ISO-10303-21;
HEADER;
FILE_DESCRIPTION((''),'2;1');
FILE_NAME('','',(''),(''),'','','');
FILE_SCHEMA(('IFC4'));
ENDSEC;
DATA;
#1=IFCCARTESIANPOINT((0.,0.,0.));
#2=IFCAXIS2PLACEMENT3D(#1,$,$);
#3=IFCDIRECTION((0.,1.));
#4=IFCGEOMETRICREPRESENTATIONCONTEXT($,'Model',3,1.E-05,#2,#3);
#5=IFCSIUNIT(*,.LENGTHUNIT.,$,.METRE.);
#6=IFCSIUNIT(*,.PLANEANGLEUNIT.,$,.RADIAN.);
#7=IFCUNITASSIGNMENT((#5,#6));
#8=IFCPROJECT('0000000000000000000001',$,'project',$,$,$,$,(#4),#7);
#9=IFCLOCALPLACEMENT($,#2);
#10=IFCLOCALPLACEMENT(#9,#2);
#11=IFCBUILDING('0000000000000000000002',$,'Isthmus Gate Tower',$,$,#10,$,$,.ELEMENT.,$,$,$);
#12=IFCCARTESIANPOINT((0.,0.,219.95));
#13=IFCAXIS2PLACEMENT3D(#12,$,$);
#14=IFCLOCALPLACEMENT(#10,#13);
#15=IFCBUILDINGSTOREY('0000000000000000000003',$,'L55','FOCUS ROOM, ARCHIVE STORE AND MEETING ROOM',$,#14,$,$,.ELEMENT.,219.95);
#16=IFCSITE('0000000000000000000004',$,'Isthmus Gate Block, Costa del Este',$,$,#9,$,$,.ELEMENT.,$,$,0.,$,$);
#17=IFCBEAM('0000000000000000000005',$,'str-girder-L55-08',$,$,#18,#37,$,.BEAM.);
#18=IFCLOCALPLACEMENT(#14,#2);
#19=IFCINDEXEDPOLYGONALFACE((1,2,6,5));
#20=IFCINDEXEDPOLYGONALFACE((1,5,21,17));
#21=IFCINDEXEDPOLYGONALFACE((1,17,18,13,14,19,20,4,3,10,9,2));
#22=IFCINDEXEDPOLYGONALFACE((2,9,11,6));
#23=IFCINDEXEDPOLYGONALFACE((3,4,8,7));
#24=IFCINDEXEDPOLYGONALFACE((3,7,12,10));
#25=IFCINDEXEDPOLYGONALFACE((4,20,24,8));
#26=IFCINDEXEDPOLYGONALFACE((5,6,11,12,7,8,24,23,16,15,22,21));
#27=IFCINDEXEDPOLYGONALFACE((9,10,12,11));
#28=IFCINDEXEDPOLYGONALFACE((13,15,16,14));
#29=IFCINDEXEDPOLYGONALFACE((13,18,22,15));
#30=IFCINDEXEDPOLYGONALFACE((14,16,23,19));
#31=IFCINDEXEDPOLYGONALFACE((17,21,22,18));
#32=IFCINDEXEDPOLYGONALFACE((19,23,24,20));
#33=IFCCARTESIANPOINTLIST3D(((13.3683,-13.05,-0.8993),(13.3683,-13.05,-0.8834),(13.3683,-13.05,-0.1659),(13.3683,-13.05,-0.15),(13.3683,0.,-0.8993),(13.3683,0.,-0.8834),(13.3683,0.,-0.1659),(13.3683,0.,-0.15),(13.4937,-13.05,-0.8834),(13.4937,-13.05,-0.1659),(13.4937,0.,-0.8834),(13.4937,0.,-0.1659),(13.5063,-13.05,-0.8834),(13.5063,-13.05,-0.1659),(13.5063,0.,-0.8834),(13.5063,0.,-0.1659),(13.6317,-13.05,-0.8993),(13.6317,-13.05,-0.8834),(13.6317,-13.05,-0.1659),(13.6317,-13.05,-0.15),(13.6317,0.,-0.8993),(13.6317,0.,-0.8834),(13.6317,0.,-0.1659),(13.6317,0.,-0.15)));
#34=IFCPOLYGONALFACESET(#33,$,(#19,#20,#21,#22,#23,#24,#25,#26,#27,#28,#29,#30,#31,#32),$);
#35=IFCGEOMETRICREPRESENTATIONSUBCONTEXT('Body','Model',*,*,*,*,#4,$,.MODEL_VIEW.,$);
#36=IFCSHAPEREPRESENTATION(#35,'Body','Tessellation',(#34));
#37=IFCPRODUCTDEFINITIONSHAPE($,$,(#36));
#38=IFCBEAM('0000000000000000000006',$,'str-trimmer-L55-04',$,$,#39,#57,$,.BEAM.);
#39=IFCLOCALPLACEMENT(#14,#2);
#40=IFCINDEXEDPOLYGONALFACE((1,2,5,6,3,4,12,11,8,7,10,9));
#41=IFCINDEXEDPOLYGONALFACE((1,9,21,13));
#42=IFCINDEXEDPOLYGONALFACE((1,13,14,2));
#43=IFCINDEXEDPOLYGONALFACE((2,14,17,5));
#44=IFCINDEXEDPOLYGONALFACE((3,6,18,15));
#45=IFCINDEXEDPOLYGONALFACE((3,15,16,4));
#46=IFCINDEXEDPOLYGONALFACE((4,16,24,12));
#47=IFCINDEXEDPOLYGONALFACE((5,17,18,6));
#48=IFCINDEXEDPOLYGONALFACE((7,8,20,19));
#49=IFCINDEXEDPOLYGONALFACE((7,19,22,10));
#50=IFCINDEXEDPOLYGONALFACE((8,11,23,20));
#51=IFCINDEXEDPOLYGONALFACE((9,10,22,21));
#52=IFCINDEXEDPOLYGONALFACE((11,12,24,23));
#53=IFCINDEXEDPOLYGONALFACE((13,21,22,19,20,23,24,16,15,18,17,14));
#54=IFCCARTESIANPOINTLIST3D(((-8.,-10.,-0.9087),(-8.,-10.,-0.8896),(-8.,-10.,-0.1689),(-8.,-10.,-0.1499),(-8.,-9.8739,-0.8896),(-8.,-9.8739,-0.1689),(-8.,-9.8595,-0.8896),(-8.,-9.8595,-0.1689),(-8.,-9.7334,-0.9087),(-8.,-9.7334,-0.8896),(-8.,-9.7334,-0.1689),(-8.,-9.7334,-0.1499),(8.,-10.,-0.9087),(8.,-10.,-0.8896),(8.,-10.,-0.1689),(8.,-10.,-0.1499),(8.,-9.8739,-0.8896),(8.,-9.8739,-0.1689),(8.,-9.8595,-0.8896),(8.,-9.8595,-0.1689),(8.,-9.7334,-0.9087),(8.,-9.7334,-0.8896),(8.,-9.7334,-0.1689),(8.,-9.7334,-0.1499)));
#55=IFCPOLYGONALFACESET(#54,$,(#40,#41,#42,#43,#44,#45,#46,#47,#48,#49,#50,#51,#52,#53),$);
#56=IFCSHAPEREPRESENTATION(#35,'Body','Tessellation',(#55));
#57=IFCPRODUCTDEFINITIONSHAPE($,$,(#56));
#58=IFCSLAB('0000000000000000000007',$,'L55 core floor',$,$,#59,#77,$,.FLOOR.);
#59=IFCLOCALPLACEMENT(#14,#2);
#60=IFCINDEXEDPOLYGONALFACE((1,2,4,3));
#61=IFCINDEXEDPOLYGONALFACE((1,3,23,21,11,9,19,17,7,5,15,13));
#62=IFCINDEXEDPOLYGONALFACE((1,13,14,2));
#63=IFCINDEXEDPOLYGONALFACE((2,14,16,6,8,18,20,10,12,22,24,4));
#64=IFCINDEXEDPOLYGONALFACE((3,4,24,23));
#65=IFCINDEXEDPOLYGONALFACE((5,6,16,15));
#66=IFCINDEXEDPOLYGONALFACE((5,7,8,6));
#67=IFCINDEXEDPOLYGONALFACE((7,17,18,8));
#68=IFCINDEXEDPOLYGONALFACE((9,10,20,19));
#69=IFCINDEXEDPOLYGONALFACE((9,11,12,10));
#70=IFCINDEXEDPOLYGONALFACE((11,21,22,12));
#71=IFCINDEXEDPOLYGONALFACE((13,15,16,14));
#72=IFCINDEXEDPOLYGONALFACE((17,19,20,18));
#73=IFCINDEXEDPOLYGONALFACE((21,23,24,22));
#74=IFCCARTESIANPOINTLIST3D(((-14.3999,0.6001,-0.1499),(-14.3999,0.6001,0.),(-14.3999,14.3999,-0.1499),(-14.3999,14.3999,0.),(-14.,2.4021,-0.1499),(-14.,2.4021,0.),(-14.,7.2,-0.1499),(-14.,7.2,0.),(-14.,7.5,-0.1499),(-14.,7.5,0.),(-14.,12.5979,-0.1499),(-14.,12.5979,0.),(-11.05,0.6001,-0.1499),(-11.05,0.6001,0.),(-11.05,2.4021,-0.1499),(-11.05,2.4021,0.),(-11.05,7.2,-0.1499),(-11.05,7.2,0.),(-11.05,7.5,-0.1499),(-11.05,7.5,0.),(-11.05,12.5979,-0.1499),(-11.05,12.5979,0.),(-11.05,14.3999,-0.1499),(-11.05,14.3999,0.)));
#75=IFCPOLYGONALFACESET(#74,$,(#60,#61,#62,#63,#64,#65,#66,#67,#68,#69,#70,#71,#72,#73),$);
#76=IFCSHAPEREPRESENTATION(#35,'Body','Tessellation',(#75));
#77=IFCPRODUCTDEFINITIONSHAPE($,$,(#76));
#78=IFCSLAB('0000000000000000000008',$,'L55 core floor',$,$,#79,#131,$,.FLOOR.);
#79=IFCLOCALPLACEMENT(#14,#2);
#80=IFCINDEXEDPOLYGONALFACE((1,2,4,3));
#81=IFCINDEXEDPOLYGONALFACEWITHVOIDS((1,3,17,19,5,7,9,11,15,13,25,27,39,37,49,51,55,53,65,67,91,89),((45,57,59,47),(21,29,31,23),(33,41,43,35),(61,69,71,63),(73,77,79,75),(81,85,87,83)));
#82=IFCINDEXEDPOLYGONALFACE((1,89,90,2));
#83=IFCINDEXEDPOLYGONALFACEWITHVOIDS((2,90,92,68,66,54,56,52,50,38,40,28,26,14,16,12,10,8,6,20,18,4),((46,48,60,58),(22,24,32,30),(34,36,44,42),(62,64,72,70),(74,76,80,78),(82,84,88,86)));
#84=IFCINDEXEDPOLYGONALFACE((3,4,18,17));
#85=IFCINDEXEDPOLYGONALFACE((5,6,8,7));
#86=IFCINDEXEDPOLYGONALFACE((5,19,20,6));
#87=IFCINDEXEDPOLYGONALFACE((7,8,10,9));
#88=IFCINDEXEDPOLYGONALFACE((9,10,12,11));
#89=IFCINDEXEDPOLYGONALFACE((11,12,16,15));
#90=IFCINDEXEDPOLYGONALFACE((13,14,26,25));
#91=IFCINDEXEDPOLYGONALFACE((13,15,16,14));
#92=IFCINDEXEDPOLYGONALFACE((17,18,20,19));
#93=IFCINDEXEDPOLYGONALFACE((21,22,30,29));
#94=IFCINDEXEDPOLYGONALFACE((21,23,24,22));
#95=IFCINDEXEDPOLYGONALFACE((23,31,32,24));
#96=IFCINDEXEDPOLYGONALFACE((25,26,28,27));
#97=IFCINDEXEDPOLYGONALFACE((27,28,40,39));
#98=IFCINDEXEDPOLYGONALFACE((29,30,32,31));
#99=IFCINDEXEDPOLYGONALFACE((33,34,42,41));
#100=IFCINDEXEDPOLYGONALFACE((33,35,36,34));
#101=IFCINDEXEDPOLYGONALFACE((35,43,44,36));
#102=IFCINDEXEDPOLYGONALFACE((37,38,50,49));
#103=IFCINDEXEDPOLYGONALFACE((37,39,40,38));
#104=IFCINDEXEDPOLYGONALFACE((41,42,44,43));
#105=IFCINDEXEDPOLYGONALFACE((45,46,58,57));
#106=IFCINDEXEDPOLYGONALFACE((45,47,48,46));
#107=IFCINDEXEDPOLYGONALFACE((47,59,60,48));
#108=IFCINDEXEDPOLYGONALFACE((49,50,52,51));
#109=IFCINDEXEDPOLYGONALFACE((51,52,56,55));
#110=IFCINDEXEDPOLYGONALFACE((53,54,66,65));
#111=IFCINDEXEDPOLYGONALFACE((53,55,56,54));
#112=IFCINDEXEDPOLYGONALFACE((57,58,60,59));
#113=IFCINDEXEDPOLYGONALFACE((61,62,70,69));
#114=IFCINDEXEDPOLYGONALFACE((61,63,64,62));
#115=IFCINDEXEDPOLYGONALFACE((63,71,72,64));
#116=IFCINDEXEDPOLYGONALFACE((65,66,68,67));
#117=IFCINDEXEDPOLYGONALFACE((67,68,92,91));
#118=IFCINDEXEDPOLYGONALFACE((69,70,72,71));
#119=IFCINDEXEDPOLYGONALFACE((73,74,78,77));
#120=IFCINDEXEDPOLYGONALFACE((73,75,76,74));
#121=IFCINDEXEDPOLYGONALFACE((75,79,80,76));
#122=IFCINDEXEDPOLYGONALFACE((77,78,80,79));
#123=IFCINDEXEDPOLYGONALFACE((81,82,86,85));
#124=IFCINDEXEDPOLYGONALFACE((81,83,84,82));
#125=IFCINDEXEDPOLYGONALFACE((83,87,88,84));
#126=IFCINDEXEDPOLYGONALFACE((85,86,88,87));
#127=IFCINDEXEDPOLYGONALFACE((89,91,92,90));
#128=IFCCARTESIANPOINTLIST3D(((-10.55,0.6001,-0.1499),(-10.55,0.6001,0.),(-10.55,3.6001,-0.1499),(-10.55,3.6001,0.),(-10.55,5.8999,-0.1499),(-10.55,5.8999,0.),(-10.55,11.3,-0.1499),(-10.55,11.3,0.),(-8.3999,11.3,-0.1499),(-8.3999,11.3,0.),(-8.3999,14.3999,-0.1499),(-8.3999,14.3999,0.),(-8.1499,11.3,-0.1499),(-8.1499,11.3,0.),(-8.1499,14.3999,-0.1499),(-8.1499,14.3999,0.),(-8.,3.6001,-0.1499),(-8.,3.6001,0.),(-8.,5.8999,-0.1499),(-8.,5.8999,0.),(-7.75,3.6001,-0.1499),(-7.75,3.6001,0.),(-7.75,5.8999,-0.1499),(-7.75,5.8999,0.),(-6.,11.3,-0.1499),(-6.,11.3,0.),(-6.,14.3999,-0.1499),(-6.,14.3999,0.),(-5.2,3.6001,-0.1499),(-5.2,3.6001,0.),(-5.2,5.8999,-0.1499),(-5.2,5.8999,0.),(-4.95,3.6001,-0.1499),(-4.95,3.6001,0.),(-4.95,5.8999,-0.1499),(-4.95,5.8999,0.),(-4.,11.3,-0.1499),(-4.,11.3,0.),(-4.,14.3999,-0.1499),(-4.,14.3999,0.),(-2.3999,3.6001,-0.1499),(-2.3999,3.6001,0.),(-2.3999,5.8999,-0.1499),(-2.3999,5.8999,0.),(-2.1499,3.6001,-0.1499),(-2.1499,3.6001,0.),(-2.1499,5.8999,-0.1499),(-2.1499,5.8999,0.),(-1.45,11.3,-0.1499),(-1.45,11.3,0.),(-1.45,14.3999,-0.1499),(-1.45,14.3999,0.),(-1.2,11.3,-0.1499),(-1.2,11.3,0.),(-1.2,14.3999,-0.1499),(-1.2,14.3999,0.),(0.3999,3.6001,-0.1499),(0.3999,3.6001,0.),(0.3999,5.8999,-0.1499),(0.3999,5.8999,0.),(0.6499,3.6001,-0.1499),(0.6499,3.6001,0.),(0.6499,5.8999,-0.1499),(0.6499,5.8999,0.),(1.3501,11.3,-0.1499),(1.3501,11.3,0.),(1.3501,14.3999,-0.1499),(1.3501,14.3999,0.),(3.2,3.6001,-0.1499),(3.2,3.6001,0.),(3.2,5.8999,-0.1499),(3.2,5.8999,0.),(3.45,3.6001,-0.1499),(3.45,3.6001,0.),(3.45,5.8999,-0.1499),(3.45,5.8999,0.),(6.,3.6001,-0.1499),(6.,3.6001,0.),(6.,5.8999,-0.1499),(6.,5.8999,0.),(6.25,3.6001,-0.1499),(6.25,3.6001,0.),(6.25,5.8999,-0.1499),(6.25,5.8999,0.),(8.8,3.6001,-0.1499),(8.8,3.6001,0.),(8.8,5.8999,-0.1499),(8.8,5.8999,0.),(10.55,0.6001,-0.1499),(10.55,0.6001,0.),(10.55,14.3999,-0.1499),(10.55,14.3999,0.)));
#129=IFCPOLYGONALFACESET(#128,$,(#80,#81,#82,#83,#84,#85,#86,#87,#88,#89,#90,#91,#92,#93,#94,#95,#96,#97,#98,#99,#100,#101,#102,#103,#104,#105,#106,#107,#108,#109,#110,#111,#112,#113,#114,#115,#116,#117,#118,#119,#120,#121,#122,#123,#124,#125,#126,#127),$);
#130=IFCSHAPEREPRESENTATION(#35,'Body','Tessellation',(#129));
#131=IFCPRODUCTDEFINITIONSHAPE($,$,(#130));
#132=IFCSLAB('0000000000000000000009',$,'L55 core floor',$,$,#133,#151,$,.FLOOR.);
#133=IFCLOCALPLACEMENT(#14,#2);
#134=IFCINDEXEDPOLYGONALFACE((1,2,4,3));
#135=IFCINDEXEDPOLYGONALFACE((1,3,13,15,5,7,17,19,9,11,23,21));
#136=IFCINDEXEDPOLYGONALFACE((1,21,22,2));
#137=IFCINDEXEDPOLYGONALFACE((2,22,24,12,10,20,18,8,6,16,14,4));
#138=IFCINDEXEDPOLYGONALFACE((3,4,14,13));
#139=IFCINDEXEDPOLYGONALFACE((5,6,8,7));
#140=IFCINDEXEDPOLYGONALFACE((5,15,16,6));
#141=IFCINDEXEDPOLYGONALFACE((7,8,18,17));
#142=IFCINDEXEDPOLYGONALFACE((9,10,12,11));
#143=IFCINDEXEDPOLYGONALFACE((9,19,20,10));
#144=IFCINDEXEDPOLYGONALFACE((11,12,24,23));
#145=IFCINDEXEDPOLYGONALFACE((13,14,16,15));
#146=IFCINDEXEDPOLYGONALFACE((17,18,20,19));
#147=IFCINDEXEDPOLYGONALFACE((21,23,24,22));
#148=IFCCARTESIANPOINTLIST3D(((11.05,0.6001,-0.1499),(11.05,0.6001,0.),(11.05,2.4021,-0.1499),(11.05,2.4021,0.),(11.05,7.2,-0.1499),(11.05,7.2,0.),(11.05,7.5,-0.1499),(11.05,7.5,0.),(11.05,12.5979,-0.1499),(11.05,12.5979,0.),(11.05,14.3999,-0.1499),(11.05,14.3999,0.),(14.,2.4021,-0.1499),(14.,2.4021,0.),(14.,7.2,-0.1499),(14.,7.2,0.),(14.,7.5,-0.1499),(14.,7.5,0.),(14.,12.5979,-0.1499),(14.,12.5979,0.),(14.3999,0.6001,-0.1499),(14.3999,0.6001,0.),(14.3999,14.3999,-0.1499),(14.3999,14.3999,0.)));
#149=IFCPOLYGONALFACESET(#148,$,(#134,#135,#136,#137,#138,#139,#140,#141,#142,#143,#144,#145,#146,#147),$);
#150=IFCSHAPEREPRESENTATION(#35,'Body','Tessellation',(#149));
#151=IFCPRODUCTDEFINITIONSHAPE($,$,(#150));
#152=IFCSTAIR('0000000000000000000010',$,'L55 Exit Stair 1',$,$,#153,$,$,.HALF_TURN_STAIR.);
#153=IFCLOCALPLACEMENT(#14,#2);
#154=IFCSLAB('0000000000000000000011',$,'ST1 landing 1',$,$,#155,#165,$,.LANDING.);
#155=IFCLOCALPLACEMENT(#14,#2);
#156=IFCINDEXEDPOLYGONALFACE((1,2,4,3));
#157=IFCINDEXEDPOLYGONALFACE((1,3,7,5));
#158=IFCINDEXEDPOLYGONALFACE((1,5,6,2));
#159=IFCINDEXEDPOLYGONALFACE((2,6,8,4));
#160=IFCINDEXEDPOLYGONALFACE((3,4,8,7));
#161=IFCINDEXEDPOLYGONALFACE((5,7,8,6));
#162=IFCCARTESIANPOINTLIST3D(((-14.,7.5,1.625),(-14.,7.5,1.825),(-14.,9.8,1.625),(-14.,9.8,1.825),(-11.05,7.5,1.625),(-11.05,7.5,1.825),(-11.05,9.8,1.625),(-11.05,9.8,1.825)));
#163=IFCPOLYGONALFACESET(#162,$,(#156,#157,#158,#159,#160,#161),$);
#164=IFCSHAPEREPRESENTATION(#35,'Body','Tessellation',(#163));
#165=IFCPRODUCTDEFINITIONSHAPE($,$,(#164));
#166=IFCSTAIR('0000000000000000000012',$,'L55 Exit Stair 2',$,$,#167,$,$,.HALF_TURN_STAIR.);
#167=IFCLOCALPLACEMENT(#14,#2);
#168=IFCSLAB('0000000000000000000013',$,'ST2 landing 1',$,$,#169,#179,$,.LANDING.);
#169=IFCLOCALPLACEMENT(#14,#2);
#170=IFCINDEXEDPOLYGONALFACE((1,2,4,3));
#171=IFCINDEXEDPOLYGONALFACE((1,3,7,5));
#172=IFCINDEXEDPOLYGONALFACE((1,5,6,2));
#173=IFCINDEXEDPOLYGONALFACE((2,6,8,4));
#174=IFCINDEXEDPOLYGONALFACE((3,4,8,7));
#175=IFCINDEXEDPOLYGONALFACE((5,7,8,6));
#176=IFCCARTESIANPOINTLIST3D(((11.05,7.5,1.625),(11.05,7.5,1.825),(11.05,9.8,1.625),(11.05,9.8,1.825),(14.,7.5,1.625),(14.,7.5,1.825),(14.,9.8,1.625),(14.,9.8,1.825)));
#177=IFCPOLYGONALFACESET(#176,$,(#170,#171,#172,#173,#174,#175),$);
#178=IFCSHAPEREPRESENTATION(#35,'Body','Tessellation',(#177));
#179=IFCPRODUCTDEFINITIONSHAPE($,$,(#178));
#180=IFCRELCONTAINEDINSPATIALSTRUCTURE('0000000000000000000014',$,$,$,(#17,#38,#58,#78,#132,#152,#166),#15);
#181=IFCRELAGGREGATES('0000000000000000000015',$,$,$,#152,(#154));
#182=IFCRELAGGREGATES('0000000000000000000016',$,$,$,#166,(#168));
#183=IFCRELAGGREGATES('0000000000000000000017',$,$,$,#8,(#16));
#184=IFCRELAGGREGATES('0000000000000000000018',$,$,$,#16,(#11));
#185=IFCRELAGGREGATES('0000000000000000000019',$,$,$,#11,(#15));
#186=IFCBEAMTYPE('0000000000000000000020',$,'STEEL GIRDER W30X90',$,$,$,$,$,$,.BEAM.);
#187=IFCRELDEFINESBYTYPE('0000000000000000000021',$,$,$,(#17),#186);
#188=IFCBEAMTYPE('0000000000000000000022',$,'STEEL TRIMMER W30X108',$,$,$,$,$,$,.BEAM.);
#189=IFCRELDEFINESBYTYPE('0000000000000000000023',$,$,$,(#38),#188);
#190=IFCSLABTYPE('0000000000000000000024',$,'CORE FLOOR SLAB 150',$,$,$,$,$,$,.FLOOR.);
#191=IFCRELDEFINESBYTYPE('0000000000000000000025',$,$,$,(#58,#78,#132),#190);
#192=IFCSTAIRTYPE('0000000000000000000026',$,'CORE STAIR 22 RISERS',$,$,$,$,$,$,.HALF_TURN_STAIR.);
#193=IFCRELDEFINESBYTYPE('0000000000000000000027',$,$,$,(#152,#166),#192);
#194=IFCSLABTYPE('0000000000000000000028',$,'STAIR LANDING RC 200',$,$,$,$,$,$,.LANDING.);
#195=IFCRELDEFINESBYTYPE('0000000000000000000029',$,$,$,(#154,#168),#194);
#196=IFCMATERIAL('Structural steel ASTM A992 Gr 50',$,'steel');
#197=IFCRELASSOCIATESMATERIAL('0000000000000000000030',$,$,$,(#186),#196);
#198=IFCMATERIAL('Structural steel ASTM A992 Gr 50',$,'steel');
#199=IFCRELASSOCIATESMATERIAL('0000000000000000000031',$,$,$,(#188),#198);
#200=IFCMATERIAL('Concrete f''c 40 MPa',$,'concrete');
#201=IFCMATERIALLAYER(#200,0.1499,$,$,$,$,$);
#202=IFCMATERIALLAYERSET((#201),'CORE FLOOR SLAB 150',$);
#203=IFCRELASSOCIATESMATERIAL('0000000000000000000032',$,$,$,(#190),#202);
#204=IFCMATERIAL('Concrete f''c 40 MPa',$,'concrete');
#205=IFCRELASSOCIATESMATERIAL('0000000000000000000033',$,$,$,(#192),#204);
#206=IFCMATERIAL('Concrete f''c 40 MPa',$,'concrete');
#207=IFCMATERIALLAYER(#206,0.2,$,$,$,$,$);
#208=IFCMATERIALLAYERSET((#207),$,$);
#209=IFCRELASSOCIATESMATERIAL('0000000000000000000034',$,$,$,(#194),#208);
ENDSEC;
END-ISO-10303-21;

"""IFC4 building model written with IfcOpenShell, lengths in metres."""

from ifc_helpers import new_model, si_unit, direction, frame, origin, origin_2d, place, context, subcontext, project, spatial, polyline, i_section, outline, extrude, material, layer, layer_set, material_profile, profile_set, type_object, element, aggregate, save


model = new_model("IFC4")

# Units and contexts
model_context = context("Model", 3, precision=1e-05, world=origin(), true_north=direction((0.0, 1.0)))
body_context = subcontext(model_context, "Body", "Model", "MODEL_VIEW")
ifc_project = project(units=[si_unit("LENGTHUNIT", "METRE"), si_unit("PLANEANGLEUNIT", "RADIAN")], contexts=[model_context])

# Site, building, storey
site_placement = place(None, origin())
site = spatial("IfcSite", under=ifc_project, at=site_placement, Name="Isthmus Gate Block, Costa del Este", CompositionType="ELEMENT", RefElevation=0.0)
building_placement = place(site_placement, origin())
building = spatial("IfcBuilding", under=site, at=building_placement, Name="Isthmus Gate Tower", CompositionType="ELEMENT")
storey_placement = place(building_placement, frame((0.0, 0.0, 219.95)))
storey = spatial("IfcBuildingStorey", under=building, at=storey_placement, Name="L55", Description="FOCUS ROOM, ARCHIVE STORE AND MEETING ROOM", CompositionType="ELEMENT", Elevation=219.95)

# Beams
ifc_material_1 = material(Name="Structural steel ASTM A992 Gr 50", Category="steel")
ifc_material_profile_1 = material_profile(ifc_material_1, i_section(OverallWidth=0.2634, OverallDepth=0.7493, WebThickness=0.0127, FlangeThickness=0.0159, at=origin_2d()), Name="W30X90")
ifc_profile_set_1 = profile_set([ifc_material_profile_1], Name="Structural steel ASTM A992 Gr 50")
beam_type_1 = type_object("IfcBeamType", Name="STEEL GIRDER W30X90", PredefinedType="BEAM", material=ifc_profile_set_1)
beam_1_placement = place(storey_placement, frame((13.5, -13.05, -0.5247), z_axis=(0.0, 1.0, 0.0), x_axis=(-1.0, 0.0, 0.0)))
element("IfcBeam", 1, at=beam_1_placement, inside=storey, type_object=beam_type_1, Name="str-girder-L55-08", PredefinedType="BEAM", context=body_context, shape_type="SweptSolid", body=[
    extrude(i_section(OverallWidth=0.2634, OverallDepth=0.7493, WebThickness=0.0127, FlangeThickness=0.0159, at=origin_2d()), origin(), (0.0, 0.0, 1.0), 13.05),
])
ifc_material_2 = material(Name="Structural steel ASTM A992 Gr 50", Category="steel")
ifc_material_profile_2 = material_profile(ifc_material_2, i_section(OverallWidth=0.2666, OverallDepth=0.7588, WebThickness=0.0144, FlangeThickness=0.019, at=origin_2d()), Name="W30X108")
ifc_profile_set_2 = profile_set([ifc_material_profile_2], Name="Structural steel ASTM A992 Gr 50")
beam_type_2 = type_object("IfcBeamType", Name="STEEL TRIMMER W30X108", PredefinedType="BEAM", material=ifc_profile_set_2)
beam_2_placement = place(storey_placement, frame((8.0, -9.8667, -0.5293), z_axis=(-1.0, 0.0, 0.0), x_axis=(0.0, -1.0, 0.0)))
element("IfcBeam", 2, at=beam_2_placement, inside=storey, type_object=beam_type_2, Name="str-trimmer-L55-04", PredefinedType="BEAM", context=body_context, shape_type="SweptSolid", body=[
    extrude(i_section(OverallWidth=0.2666, OverallDepth=0.7588, WebThickness=0.0144, FlangeThickness=0.019, at=origin_2d()), origin(), (0.0, 0.0, 1.0), 16.0),
])

# Slabs
ifc_material_3 = material(Name="Concrete f'c 40 MPa", Category="concrete")
ifc_layer_1 = layer(ifc_material_3, 0.1499)
ifc_layer_set_1 = layer_set([ifc_layer_1], Name="CORE FLOOR SLAB 150")
slab_type_1 = type_object("IfcSlabType", Name="CORE FLOOR SLAB 150", PredefinedType="FLOOR", material=ifc_layer_set_1)
slab_1_placement = place(storey_placement, frame((0.0, 0.0, -0.1499)))
element("IfcSlab", 3, at=slab_1_placement, inside=storey, type_object=slab_type_1, Name="L55 core floor", PredefinedType="FLOOR", context=body_context, shape_type="SweptSolid", body=[
    extrude(outline(polyline([(-11.05, 0.6001), (-11.05, 2.4021), (-14.0, 2.4021), (-14.0, 7.2), (-11.05, 7.2), (-11.05, 7.5), (-14.0, 7.5), (-14.0, 12.5979), (-11.05, 12.5979), (-11.05, 14.3999), (-14.3999, 14.3999), (-14.3999, 0.6001), (-11.05, 0.6001)])), origin(), (0.0, 0.0, 1.0), 0.1499),
])
slab_2_placement = place(storey_placement, frame((0.0, 0.0, -0.1499)))
element("IfcSlab", 4, at=slab_2_placement, inside=storey, type_object=slab_type_1, Name="L55 core floor", PredefinedType="FLOOR", context=body_context, shape_type="SweptSolid", body=[
    extrude(outline(polyline([(10.55, 14.3999), (1.3501, 14.3999), (1.3501, 11.3), (-1.2, 11.3), (-1.2, 14.3999), (-1.45, 14.3999), (-1.45, 11.3), (-4.0, 11.3), (-4.0, 14.3999), (-6.0, 14.3999), (-6.0, 11.3), (-8.1499, 11.3), (-8.1499, 14.3999), (-8.3999, 14.3999), (-8.3999, 11.3), (-10.55, 11.3), (-10.55, 5.8999), (-8.0, 5.8999), (-8.0, 3.6001), (-10.55, 3.6001), (-10.55, 0.6001), (10.55, 0.6001), (10.55, 14.3999)]), holes=[polyline([(-5.2, 5.8999), (-5.2, 3.6001), (-7.75, 3.6001), (-7.75, 5.8999), (-5.2, 5.8999)]), polyline([(-2.3999, 5.8999), (-2.3999, 3.6001), (-4.95, 3.6001), (-4.95, 5.8999), (-2.3999, 5.8999)]), polyline([(0.3999, 5.8999), (0.3999, 3.6001), (-2.1499, 3.6001), (-2.1499, 5.8999), (0.3999, 5.8999)]), polyline([(3.2, 5.8999), (3.2, 3.6001), (0.6499, 3.6001), (0.6499, 5.8999), (3.2, 5.8999)]), polyline([(6.0, 5.8999), (6.0, 3.6001), (3.45, 3.6001), (3.45, 5.8999), (6.0, 5.8999)]), polyline([(8.8, 5.8999), (8.8, 3.6001), (6.25, 3.6001), (6.25, 5.8999), (8.8, 5.8999)])]), origin(), (0.0, 0.0, 1.0), 0.1499),
])
slab_3_placement = place(storey_placement, frame((0.0, 0.0, -0.1499)))
element("IfcSlab", 5, at=slab_3_placement, inside=storey, type_object=slab_type_1, Name="L55 core floor", PredefinedType="FLOOR", context=body_context, shape_type="SweptSolid", body=[
    extrude(outline(polyline([(11.05, 14.3999), (11.05, 12.5979), (14.0, 12.5979), (14.0, 7.5), (11.05, 7.5), (11.05, 7.2), (14.0, 7.2), (14.0, 2.4021), (11.05, 2.4021), (11.05, 0.6001), (14.3999, 0.6001), (14.3999, 14.3999), (11.05, 14.3999)])), origin(), (0.0, 0.0, 1.0), 0.1499),
])

# Stairs, slabs
ifc_material_4 = material(Name="Concrete f'c 40 MPa", Category="concrete")
stair_type = type_object("IfcStairType", Name="CORE STAIR 22 RISERS", PredefinedType="HALF_TURN_STAIR", material=ifc_material_4)
stair_1_placement = place(storey_placement, origin())
stair_1 = element("IfcStair", 6, at=stair_1_placement, inside=storey, type_object=stair_type, Name="L55 Exit Stair 1", PredefinedType="HALF_TURN_STAIR")
ifc_material_5 = material(Name="Concrete f'c 40 MPa", Category="concrete")
ifc_layer_2 = layer(ifc_material_5, 0.2)
ifc_layer_set_2 = layer_set([ifc_layer_2])
slab_type_2 = type_object("IfcSlabType", Name="STAIR LANDING RC 200", PredefinedType="LANDING", material=ifc_layer_set_2)
slab_4_placement = place(storey_placement, frame((0.0, 0.0, 1.625)))
slab_4 = element("IfcSlab", 7, at=slab_4_placement, type_object=slab_type_2, Name="ST1 landing 1", PredefinedType="LANDING", context=body_context, shape_type="SweptSolid", body=[
    extrude(outline(polyline([(-14.0, 9.8), (-14.0, 7.5), (-11.05, 7.5), (-11.05, 9.8), (-14.0, 9.8)])), origin(), (0.0, 0.0, 1.0), 0.2),
])
aggregate(stair_1, [slab_4])
stair_2_placement = place(storey_placement, origin())
stair_2 = element("IfcStair", 8, at=stair_2_placement, inside=storey, type_object=stair_type, Name="L55 Exit Stair 2", PredefinedType="HALF_TURN_STAIR")
slab_5_placement = place(storey_placement, frame((0.0, 0.0, 1.625)))
slab_5 = element("IfcSlab", 9, at=slab_5_placement, type_object=slab_type_2, Name="ST2 landing 1", PredefinedType="LANDING", context=body_context, shape_type="SweptSolid", body=[
    extrude(outline(polyline([(11.05, 9.8), (11.05, 7.5), (14.0, 7.5), (14.0, 9.8), (11.05, 9.8)])), origin(), (0.0, 0.0, 1.0), 0.2),
])
aggregate(stair_2, [slab_5])

save(model, "model.ifc")
